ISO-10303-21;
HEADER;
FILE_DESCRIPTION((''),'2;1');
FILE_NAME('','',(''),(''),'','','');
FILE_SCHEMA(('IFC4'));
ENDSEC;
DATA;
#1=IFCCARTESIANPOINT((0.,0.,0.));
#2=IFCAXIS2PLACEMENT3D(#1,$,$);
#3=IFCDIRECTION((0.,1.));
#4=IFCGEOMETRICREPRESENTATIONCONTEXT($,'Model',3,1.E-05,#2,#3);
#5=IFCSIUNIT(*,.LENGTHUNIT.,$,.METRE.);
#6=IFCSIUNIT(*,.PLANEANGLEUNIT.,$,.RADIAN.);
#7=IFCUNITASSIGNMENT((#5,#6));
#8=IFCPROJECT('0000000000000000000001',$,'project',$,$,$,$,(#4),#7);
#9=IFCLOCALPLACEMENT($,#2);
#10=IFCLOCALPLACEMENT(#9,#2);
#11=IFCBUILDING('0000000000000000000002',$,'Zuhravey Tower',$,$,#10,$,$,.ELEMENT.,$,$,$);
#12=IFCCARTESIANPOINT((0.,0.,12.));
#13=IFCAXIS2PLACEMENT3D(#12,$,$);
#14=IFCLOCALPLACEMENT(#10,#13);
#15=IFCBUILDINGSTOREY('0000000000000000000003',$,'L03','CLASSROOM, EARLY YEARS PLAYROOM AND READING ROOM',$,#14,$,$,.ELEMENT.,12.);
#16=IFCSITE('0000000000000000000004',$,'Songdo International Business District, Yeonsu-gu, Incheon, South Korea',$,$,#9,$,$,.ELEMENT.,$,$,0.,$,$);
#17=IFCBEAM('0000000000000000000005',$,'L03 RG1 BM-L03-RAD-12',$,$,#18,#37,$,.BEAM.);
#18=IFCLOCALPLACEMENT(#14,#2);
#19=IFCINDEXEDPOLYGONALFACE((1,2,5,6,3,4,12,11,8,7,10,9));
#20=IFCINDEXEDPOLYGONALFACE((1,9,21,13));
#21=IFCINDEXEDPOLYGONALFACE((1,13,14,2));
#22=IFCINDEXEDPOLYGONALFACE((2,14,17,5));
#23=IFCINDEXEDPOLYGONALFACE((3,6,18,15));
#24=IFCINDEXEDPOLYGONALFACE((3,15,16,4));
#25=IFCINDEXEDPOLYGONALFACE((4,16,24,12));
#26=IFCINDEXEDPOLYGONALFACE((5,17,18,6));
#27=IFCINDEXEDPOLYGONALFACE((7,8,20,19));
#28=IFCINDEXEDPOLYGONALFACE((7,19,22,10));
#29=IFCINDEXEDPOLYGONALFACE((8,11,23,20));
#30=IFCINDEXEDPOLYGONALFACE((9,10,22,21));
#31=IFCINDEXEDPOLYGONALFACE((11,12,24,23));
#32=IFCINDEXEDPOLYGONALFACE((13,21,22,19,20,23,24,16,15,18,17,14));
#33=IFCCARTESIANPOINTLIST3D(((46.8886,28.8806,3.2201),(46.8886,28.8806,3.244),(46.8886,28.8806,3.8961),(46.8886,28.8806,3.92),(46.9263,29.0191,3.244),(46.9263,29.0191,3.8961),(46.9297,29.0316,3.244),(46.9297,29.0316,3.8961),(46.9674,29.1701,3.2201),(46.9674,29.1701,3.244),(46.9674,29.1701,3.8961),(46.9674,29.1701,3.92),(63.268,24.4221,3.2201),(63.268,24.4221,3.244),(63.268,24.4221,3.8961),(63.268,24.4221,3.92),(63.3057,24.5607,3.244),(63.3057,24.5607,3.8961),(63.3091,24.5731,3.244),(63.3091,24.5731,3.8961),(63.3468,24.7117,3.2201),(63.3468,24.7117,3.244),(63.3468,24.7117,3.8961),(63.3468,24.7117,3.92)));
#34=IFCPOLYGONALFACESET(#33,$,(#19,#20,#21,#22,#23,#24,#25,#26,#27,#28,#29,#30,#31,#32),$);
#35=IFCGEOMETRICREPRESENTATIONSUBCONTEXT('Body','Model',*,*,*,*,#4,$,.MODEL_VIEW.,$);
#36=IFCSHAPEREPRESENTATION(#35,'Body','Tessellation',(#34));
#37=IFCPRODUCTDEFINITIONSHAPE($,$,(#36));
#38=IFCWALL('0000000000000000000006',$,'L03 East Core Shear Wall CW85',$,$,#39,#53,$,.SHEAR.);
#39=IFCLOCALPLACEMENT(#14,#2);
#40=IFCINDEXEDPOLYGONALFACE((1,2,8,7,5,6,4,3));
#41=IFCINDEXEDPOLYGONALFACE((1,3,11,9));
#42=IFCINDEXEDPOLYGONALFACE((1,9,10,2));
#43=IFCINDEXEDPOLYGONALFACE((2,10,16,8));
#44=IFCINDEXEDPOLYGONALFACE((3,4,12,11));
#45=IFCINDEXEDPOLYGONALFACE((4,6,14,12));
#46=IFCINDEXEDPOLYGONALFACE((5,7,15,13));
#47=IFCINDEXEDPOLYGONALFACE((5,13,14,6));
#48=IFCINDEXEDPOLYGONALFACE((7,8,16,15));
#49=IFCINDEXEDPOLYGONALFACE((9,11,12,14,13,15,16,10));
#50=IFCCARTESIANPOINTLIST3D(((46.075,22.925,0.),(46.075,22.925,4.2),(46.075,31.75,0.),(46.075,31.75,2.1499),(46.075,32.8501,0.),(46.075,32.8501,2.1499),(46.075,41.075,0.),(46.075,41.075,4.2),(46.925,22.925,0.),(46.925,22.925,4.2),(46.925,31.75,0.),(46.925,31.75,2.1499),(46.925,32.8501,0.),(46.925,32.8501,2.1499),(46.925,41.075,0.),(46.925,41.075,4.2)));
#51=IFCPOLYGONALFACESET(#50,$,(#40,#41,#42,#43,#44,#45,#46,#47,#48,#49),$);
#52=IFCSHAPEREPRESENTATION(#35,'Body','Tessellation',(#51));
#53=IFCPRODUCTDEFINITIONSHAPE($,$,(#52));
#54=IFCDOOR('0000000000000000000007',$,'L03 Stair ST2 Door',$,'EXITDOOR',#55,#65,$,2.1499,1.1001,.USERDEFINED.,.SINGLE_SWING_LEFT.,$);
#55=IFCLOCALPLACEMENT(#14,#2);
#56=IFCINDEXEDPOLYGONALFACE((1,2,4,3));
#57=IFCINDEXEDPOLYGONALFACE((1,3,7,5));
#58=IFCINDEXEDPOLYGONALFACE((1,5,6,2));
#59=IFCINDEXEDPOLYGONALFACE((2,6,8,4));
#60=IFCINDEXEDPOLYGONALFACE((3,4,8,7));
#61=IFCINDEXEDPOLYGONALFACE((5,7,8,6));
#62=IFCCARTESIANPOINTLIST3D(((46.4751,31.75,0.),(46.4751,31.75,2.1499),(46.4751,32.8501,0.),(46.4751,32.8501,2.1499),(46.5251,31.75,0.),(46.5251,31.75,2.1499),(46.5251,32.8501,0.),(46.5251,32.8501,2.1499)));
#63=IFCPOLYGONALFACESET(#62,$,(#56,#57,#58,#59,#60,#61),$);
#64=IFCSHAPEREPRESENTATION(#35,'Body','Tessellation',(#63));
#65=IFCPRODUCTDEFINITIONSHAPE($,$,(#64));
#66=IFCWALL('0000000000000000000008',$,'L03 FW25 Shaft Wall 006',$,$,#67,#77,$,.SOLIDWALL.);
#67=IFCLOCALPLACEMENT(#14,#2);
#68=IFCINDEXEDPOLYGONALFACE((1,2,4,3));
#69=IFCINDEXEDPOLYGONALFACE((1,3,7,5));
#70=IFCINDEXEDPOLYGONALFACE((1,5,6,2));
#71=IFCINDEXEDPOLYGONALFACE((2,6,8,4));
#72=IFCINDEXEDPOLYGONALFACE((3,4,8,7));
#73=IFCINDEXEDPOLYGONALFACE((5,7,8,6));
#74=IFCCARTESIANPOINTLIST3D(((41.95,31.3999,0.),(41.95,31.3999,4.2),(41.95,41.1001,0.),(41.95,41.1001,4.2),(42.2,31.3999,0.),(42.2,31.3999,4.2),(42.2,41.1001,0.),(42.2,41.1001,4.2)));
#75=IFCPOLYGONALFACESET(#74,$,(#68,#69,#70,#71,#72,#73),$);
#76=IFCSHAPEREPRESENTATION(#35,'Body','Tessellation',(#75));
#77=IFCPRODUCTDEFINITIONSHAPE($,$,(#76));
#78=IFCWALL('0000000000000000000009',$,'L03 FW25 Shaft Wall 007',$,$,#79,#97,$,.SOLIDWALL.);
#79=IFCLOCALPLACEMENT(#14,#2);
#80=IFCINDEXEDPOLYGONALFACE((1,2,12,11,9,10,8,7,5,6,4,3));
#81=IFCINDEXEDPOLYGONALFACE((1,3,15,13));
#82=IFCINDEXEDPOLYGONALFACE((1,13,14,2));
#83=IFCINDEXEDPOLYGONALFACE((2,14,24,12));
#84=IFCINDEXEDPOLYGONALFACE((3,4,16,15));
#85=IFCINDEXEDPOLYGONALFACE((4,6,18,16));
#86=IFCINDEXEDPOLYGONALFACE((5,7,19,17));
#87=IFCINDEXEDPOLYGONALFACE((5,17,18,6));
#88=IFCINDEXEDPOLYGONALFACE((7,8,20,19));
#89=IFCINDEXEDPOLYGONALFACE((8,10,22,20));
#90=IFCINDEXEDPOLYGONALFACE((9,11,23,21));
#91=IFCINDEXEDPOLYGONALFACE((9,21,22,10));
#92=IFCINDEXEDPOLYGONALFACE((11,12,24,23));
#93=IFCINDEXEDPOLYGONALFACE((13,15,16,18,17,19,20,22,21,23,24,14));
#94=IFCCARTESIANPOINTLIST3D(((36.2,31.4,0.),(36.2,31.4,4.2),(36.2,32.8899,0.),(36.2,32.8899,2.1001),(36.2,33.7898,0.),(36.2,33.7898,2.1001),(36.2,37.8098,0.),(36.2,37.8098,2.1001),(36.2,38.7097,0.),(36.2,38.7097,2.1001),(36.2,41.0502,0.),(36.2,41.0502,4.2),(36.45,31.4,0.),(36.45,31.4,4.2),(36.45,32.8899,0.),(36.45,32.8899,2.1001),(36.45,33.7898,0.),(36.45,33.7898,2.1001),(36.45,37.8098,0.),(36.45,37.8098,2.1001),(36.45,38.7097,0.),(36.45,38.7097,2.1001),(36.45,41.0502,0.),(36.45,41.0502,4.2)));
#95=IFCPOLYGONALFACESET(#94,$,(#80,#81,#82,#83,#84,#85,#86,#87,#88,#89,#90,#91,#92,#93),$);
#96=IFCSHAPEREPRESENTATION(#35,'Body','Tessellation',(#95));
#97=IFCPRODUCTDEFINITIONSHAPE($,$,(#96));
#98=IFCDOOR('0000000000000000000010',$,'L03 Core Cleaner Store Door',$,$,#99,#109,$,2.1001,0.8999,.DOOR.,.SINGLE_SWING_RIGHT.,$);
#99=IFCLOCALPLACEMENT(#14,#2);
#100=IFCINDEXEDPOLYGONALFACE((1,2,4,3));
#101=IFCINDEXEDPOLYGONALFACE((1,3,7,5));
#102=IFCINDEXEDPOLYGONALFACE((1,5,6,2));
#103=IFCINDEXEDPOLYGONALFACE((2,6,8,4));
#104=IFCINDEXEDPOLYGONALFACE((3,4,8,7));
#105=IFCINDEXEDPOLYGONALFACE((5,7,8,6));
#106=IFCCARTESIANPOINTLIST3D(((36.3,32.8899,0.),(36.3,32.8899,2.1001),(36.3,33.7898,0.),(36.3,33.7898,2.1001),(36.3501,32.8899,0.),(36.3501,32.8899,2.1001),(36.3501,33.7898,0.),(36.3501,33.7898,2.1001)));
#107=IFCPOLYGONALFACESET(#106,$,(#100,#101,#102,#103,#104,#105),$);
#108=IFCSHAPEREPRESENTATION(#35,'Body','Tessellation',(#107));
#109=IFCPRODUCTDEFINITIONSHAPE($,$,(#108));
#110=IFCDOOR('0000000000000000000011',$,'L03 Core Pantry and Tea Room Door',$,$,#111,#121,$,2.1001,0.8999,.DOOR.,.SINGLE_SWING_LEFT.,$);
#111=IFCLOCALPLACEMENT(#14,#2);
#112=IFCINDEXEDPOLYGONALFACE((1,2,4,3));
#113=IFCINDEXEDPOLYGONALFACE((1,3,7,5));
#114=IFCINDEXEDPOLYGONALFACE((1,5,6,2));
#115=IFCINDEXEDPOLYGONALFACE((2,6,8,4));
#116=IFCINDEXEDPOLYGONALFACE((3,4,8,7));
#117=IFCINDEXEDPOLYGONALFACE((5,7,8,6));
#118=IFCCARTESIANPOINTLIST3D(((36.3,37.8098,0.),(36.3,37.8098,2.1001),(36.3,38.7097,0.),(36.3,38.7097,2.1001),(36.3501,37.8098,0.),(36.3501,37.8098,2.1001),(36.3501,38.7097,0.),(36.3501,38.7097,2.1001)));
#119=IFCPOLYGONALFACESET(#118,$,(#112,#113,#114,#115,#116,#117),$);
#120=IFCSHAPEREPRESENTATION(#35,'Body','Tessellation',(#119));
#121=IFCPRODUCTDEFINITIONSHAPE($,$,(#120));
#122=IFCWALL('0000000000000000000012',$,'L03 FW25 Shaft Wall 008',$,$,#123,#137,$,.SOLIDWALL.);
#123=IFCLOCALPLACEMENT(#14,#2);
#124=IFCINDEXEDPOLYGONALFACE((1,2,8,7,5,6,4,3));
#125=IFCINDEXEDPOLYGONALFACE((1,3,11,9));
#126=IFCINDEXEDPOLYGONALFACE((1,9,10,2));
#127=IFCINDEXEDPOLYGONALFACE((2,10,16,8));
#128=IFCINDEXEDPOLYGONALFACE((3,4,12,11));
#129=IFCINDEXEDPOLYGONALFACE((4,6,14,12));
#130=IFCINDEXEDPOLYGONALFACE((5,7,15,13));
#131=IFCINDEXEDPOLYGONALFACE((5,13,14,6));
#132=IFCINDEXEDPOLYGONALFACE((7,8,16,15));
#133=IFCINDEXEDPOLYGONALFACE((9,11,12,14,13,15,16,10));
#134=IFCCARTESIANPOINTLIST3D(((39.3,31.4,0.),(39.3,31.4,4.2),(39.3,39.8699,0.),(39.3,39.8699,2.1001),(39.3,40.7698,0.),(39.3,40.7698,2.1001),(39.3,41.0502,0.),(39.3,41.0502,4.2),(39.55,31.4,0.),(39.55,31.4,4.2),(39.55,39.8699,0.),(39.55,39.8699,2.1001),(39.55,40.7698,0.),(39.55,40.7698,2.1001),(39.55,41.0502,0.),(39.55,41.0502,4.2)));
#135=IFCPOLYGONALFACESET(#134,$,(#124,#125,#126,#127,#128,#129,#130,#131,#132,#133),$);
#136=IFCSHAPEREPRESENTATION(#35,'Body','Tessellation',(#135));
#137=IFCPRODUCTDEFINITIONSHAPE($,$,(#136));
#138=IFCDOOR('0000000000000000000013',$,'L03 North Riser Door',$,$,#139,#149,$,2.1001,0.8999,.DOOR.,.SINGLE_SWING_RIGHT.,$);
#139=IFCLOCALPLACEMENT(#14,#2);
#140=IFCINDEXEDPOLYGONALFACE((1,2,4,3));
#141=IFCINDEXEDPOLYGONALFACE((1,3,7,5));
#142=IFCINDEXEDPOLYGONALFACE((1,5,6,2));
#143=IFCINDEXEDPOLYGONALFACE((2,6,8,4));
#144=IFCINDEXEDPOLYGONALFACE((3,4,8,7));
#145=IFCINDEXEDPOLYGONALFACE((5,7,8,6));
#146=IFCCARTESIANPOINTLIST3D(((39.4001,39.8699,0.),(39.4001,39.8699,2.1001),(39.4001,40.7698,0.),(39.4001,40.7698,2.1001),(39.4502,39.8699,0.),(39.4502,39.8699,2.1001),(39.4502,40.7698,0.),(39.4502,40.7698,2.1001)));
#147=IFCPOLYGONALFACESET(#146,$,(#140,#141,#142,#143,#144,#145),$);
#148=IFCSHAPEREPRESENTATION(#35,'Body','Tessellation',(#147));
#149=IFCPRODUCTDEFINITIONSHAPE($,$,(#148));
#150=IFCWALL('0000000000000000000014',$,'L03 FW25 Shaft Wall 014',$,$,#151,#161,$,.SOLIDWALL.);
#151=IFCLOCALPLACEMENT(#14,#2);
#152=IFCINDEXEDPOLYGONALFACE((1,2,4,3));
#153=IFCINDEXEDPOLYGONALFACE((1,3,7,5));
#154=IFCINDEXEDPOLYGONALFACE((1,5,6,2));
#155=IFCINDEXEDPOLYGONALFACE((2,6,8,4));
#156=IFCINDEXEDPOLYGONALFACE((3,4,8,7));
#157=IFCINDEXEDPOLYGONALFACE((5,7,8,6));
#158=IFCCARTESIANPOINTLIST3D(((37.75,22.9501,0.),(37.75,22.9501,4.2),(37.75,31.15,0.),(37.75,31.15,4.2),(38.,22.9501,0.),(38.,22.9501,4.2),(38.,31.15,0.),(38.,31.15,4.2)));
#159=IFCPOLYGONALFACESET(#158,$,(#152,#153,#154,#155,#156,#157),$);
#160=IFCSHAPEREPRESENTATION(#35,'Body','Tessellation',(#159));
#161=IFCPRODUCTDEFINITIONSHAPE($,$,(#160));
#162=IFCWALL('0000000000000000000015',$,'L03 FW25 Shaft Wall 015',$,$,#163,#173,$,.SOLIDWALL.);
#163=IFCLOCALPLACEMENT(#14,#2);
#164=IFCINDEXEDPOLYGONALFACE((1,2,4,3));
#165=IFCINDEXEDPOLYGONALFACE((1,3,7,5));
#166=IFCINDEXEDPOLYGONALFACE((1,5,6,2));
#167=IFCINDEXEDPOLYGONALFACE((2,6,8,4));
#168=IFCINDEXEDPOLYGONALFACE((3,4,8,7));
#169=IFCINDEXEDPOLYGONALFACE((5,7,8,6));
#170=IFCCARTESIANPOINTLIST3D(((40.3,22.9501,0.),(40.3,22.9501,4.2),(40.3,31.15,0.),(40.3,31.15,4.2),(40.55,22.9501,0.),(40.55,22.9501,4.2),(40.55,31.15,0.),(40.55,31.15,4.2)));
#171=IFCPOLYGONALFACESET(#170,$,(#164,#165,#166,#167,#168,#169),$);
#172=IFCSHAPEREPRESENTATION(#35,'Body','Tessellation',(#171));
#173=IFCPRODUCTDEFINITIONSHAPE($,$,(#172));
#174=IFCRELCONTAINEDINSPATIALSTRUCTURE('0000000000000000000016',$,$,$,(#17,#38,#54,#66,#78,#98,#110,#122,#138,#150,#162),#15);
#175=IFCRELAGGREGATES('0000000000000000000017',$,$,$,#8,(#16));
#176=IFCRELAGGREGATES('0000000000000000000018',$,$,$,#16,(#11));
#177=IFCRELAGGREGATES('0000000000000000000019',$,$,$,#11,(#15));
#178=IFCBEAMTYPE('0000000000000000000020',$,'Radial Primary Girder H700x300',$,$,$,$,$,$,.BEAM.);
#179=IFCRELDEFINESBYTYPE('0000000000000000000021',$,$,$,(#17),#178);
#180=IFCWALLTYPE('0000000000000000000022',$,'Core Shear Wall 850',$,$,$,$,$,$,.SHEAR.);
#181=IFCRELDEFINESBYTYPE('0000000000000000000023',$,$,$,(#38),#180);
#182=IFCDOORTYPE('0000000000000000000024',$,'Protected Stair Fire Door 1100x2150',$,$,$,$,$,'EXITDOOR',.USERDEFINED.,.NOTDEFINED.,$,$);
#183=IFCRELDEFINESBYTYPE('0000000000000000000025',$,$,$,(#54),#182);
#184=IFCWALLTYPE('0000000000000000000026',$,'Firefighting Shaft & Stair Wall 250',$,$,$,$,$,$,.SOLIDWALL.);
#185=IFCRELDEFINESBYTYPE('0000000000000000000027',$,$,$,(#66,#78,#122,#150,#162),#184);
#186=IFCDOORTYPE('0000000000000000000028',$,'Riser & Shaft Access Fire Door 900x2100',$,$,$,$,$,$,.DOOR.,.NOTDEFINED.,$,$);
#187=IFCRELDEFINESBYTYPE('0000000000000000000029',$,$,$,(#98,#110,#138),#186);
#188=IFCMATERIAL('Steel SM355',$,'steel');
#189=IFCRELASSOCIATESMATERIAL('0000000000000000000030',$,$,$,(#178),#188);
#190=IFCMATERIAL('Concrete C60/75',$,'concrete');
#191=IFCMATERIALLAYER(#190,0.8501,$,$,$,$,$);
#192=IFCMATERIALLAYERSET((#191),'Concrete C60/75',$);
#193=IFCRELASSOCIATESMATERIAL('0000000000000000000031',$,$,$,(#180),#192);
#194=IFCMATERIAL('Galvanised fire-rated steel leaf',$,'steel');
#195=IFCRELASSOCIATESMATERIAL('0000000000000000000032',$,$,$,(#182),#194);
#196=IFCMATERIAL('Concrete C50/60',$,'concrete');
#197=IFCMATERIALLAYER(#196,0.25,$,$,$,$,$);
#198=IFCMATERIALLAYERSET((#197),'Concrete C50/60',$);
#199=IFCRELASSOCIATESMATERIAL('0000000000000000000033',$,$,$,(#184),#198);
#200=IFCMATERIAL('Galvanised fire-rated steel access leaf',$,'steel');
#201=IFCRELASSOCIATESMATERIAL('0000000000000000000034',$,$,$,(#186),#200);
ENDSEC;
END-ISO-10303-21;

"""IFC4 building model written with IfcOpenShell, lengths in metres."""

from ifc_helpers import new_model, si_unit, direction, frame, frame_2d, origin, origin_2d, place, context, subcontext, project, spatial, rectangle, i_section, extrude, material, layer, layer_set, material_profile, profile_set, type_object, element, fill, save


model = new_model("IFC4")

# Units and contexts
model_context = context("Model", 3, precision=1e-05, world=origin(), true_north=direction((0.0, 1.0)))
body_context = subcontext(model_context, "Body", "Model", "MODEL_VIEW")
ifc_project = project(units=[si_unit("LENGTHUNIT", "METRE"), si_unit("PLANEANGLEUNIT", "RADIAN")], contexts=[model_context])

# Site, building, storey
site_placement = place(None, origin())
site = spatial("IfcSite", under=ifc_project, at=site_placement, Name="Songdo International Business District, Yeonsu-gu, Incheon, South Korea", CompositionType="ELEMENT", RefElevation=0.0)
building_placement = place(site_placement, origin())
building = spatial("IfcBuilding", under=site, at=building_placement, Name="Zuhravey Tower", CompositionType="ELEMENT")
storey_placement = place(building_placement, frame((0.0, 0.0, 12.0)))
storey = spatial("IfcBuildingStorey", under=building, at=storey_placement, Name="L03", Description="CLASSROOM, EARLY YEARS PLAYROOM AND READING ROOM", CompositionType="ELEMENT", Elevation=12.0)

# Beam
ifc_material_1 = material(Name="Steel SM355", Category="steel")
ifc_material_profile = material_profile(ifc_material_1, i_section(OverallWidth=0.3, OverallDepth=0.7, WebThickness=0.0129, FlangeThickness=0.0239, at=origin_2d()), Name="H-700x300x13x24")
ifc_profile_set = profile_set([ifc_material_profile], Name="Steel SM355")
beam_type = type_object("IfcBeamType", Name="Radial Primary Girder H700x300", PredefinedType="BEAM", material=ifc_profile_set)
beam_placement = place(storey_placement, frame((46.928, 29.0254, 3.5701), z_axis=(0.964892, -0.262645, 0.0), x_axis=(0.262645, 0.964892, 0.0)))
element("IfcBeam", 1, at=beam_placement, inside=storey, type_object=beam_type, Name="L03 RG1 BM-L03-RAD-12", PredefinedType="BEAM", context=body_context, shape_type="SweptSolid", body=[
    extrude(i_section(OverallWidth=0.3, OverallDepth=0.7, WebThickness=0.0129, FlangeThickness=0.0239, at=origin_2d()), origin(), (0.0, 0.0, 1.0), 16.9753),
])

# Wall, opening, door
ifc_material_2 = material(Name="Concrete C60/75", Category="concrete")
ifc_layer_1 = layer(ifc_material_2, 0.8501)
ifc_layer_set_1 = layer_set([ifc_layer_1], Name="Concrete C60/75")
wall_type_1 = type_object("IfcWallType", Name="Core Shear Wall 850", PredefinedType="SHEAR", material=ifc_layer_set_1)
wall_1_placement = place(storey_placement, frame((46.5, 22.925, 0.0), z_axis=(0.0, 0.0, 1.0), x_axis=(0.0, 1.0, 0.0)))
wall_1 = element("IfcWall", 2, at=wall_1_placement, inside=storey, type_object=wall_type_1, Name="L03 East Core Shear Wall CW85", PredefinedType="SHEAR", context=body_context, shape_type="SweptSolid", body=[
    extrude(rectangle(XDim=18.1499, YDim=0.8501, at=frame_2d((9.075, 0.0))), origin(), (0.0, 0.0, 1.0), 4.2),
])
opening_1_placement = place(wall_1_placement, frame((8.825, 0.0, 0.0)))
opening_1 = element("IfcOpeningElement", 3, at=opening_1_placement, cuts=wall_1, PredefinedType="OPENING", context=body_context, shape_type="SweptSolid", body=[
    extrude(rectangle(XDim=1.1001, YDim=2.1499, at=frame_2d((0.55, 1.075))), frame((0.0, 0.437, 0.0), z_axis=(0.0, -1.0, 0.0), x_axis=(1.0, 0.0, 0.0)), (0.0, 0.0, 1.0), 0.874),
])
ifc_material_3 = material(Name="Galvanised fire-rated steel leaf", Category="steel")
door_type_1 = type_object("IfcDoorType", Name="Protected Stair Fire Door 1100x2150", ElementType="EXITDOOR", OperationType="NOTDEFINED", PredefinedType="USERDEFINED", material=ifc_material_3)
door_1_placement = place(opening_1_placement, origin())
door_1 = element("IfcDoor", 4, at=door_1_placement, inside=storey, type_object=door_type_1, Name="L03 Stair ST2 Door", ObjectType="EXITDOOR", OperationType="SINGLE_SWING_LEFT", OverallHeight=2.1499, OverallWidth=1.1001, PredefinedType="USERDEFINED", context=body_context, shape_type="SweptSolid", body=[
    extrude(rectangle(XDim=1.1001, YDim=2.1499, at=frame_2d((0.55, 1.075))), frame((0.0, 0.0249, 0.0), z_axis=(0.0, -1.0, 0.0), x_axis=(1.0, 0.0, 0.0)), (0.0, 0.0, 1.0), 0.05),
])
fill(opening_1, door_1)

# Wall
ifc_material_4 = material(Name="Concrete C50/60", Category="concrete")
ifc_layer_2 = layer(ifc_material_4, 0.25)
ifc_layer_set_2 = layer_set([ifc_layer_2], Name="Concrete C50/60")
wall_type_2 = type_object("IfcWallType", Name="Firefighting Shaft & Stair Wall 250", PredefinedType="SOLIDWALL", material=ifc_layer_set_2)
wall_2_placement = place(storey_placement, frame((42.075, 31.3999, 0.0), z_axis=(0.0, 0.0, 1.0), x_axis=(0.0, 1.0, 0.0)))
element("IfcWall", 5, at=wall_2_placement, inside=storey, type_object=wall_type_2, Name="L03 FW25 Shaft Wall 006", PredefinedType="SOLIDWALL", context=body_context, shape_type="SweptSolid", body=[
    extrude(rectangle(XDim=9.7002, YDim=0.25, at=frame_2d((4.8501, 0.0))), origin(), (0.0, 0.0, 1.0), 4.2),
])

# Wall, openings, doors
wall_3_placement = place(storey_placement, frame((36.325, 31.3999, 0.0), z_axis=(0.0, 0.0, 1.0), x_axis=(0.0, 1.0, 0.0)))
wall_3 = element("IfcWall", 6, at=wall_3_placement, inside=storey, type_object=wall_type_2, Name="L03 FW25 Shaft Wall 007", PredefinedType="SOLIDWALL", context=body_context, shape_type="SweptSolid", body=[
    extrude(rectangle(XDim=9.6501, YDim=0.25, at=frame_2d((4.8252, 0.0))), origin(), (0.0, 0.0, 1.0), 4.2),
])
opening_2_placement = place(wall_3_placement, frame((1.49, 0.0, 0.0)))
opening_2 = element("IfcOpeningElement", 7, at=opening_2_placement, cuts=wall_3, PredefinedType="OPENING", context=body_context, shape_type="SweptSolid", body=[
    extrude(rectangle(XDim=0.8999, YDim=2.1001, at=frame_2d((0.45, 1.05))), frame((0.0, 0.137, 0.0), z_axis=(0.0, -1.0, 0.0), x_axis=(1.0, 0.0, 0.0)), (0.0, 0.0, 1.0), 0.2739),
])
opening_3_placement = place(wall_3_placement, frame((6.4099, 0.0, 0.0)))
opening_3 = element("IfcOpeningElement", 8, at=opening_3_placement, cuts=wall_3, PredefinedType="OPENING", context=body_context, shape_type="SweptSolid", body=[
    extrude(rectangle(XDim=0.8999, YDim=2.1001, at=frame_2d((0.45, 1.05))), frame((0.0, 0.137, 0.0), z_axis=(0.0, -1.0, 0.0), x_axis=(1.0, 0.0, 0.0)), (0.0, 0.0, 1.0), 0.2739),
])
ifc_material_5 = material(Name="Galvanised fire-rated steel access leaf", Category="steel")
door_type_2 = type_object("IfcDoorType", Name="Riser & Shaft Access Fire Door 900x2100", OperationType="NOTDEFINED", PredefinedType="DOOR", material=ifc_material_5)
door_2_placement = place(opening_2_placement, origin())
door_2 = element("IfcDoor", 9, at=door_2_placement, inside=storey, type_object=door_type_2, Name="L03 Core Cleaner Store Door", OperationType="SINGLE_SWING_RIGHT", OverallHeight=2.1001, OverallWidth=0.8999, PredefinedType="DOOR", context=body_context, shape_type="SweptSolid", body=[
    extrude(rectangle(XDim=0.8999, YDim=2.1001, at=frame_2d((0.45, 1.05))), frame((0.0, 0.0249, 0.0), z_axis=(0.0, -1.0, 0.0), x_axis=(1.0, 0.0, 0.0)), (0.0, 0.0, 1.0), 0.05),
])
fill(opening_2, door_2)
door_3_placement = place(opening_3_placement, origin())
door_3 = element("IfcDoor", 10, at=door_3_placement, inside=storey, type_object=door_type_2, Name="L03 Core Pantry and Tea Room Door", OperationType="SINGLE_SWING_LEFT", OverallHeight=2.1001, OverallWidth=0.8999, PredefinedType="DOOR", context=body_context, shape_type="SweptSolid", body=[
    extrude(rectangle(XDim=0.8999, YDim=2.1001, at=frame_2d((0.45, 1.05))), frame((0.0, 0.0249, 0.0), z_axis=(0.0, -1.0, 0.0), x_axis=(1.0, 0.0, 0.0)), (0.0, 0.0, 1.0), 0.05),
])
fill(opening_3, door_3)

# Wall, opening, door
wall_4_placement = place(storey_placement, frame((39.425, 31.3999, 0.0), z_axis=(0.0, 0.0, 1.0), x_axis=(0.0, 1.0, 0.0)))
wall_4 = element("IfcWall", 11, at=wall_4_placement, inside=storey, type_object=wall_type_2, Name="L03 FW25 Shaft Wall 008", PredefinedType="SOLIDWALL", context=body_context, shape_type="SweptSolid", body=[
    extrude(rectangle(XDim=9.6501, YDim=0.25, at=frame_2d((4.8252, 0.0))), origin(), (0.0, 0.0, 1.0), 4.2),
])
opening_4_placement = place(wall_4_placement, frame((8.47, 0.0, 0.0)))
opening_4 = element("IfcOpeningElement", 12, at=opening_4_placement, cuts=wall_4, PredefinedType="OPENING", context=body_context, shape_type="SweptSolid", body=[
    extrude(rectangle(XDim=0.8999, YDim=2.1001, at=frame_2d((0.45, 1.05))), frame((0.0, 0.137, 0.0), z_axis=(0.0, -1.0, 0.0), x_axis=(1.0, 0.0, 0.0)), (0.0, 0.0, 1.0), 0.2739),
])
door_4_placement = place(opening_4_placement, origin())
door_4 = element("IfcDoor", 13, at=door_4_placement, inside=storey, type_object=door_type_2, Name="L03 North Riser Door", OperationType="SINGLE_SWING_RIGHT", OverallHeight=2.1001, OverallWidth=0.8999, PredefinedType="DOOR", context=body_context, shape_type="SweptSolid", body=[
    extrude(rectangle(XDim=0.8999, YDim=2.1001, at=frame_2d((0.45, 1.05))), frame((0.0, 0.0249, 0.0), z_axis=(0.0, -1.0, 0.0), x_axis=(1.0, 0.0, 0.0)), (0.0, 0.0, 1.0), 0.05),
])
fill(opening_4, door_4)

# Walls
for number, where, z_axis, x_axis, name in (
    (14, (37.875, 22.95, 0.0), (0.0, 0.0, 1.0), (0.0, 1.0, 0.0), "L03 FW25 Shaft Wall 014"),
    (15, (40.425, 22.95, 0.0), (0.0, 0.0, 1.0), (0.0, 1.0, 0.0), "L03 FW25 Shaft Wall 015"),
):
    element("IfcWall", number, at=place(storey_placement, frame(where, z_axis=z_axis, x_axis=x_axis)), inside=storey, type_object=wall_type_2, Name=name, PredefinedType="SOLIDWALL", context=body_context, shape_type="SweptSolid", body=[
        extrude(rectangle(XDim=8.2, YDim=0.25, at=frame_2d((4.1001, 0.0))), origin(), (0.0, 0.0, 1.0), 4.2),
    ])

save(model, "model.ifc")
